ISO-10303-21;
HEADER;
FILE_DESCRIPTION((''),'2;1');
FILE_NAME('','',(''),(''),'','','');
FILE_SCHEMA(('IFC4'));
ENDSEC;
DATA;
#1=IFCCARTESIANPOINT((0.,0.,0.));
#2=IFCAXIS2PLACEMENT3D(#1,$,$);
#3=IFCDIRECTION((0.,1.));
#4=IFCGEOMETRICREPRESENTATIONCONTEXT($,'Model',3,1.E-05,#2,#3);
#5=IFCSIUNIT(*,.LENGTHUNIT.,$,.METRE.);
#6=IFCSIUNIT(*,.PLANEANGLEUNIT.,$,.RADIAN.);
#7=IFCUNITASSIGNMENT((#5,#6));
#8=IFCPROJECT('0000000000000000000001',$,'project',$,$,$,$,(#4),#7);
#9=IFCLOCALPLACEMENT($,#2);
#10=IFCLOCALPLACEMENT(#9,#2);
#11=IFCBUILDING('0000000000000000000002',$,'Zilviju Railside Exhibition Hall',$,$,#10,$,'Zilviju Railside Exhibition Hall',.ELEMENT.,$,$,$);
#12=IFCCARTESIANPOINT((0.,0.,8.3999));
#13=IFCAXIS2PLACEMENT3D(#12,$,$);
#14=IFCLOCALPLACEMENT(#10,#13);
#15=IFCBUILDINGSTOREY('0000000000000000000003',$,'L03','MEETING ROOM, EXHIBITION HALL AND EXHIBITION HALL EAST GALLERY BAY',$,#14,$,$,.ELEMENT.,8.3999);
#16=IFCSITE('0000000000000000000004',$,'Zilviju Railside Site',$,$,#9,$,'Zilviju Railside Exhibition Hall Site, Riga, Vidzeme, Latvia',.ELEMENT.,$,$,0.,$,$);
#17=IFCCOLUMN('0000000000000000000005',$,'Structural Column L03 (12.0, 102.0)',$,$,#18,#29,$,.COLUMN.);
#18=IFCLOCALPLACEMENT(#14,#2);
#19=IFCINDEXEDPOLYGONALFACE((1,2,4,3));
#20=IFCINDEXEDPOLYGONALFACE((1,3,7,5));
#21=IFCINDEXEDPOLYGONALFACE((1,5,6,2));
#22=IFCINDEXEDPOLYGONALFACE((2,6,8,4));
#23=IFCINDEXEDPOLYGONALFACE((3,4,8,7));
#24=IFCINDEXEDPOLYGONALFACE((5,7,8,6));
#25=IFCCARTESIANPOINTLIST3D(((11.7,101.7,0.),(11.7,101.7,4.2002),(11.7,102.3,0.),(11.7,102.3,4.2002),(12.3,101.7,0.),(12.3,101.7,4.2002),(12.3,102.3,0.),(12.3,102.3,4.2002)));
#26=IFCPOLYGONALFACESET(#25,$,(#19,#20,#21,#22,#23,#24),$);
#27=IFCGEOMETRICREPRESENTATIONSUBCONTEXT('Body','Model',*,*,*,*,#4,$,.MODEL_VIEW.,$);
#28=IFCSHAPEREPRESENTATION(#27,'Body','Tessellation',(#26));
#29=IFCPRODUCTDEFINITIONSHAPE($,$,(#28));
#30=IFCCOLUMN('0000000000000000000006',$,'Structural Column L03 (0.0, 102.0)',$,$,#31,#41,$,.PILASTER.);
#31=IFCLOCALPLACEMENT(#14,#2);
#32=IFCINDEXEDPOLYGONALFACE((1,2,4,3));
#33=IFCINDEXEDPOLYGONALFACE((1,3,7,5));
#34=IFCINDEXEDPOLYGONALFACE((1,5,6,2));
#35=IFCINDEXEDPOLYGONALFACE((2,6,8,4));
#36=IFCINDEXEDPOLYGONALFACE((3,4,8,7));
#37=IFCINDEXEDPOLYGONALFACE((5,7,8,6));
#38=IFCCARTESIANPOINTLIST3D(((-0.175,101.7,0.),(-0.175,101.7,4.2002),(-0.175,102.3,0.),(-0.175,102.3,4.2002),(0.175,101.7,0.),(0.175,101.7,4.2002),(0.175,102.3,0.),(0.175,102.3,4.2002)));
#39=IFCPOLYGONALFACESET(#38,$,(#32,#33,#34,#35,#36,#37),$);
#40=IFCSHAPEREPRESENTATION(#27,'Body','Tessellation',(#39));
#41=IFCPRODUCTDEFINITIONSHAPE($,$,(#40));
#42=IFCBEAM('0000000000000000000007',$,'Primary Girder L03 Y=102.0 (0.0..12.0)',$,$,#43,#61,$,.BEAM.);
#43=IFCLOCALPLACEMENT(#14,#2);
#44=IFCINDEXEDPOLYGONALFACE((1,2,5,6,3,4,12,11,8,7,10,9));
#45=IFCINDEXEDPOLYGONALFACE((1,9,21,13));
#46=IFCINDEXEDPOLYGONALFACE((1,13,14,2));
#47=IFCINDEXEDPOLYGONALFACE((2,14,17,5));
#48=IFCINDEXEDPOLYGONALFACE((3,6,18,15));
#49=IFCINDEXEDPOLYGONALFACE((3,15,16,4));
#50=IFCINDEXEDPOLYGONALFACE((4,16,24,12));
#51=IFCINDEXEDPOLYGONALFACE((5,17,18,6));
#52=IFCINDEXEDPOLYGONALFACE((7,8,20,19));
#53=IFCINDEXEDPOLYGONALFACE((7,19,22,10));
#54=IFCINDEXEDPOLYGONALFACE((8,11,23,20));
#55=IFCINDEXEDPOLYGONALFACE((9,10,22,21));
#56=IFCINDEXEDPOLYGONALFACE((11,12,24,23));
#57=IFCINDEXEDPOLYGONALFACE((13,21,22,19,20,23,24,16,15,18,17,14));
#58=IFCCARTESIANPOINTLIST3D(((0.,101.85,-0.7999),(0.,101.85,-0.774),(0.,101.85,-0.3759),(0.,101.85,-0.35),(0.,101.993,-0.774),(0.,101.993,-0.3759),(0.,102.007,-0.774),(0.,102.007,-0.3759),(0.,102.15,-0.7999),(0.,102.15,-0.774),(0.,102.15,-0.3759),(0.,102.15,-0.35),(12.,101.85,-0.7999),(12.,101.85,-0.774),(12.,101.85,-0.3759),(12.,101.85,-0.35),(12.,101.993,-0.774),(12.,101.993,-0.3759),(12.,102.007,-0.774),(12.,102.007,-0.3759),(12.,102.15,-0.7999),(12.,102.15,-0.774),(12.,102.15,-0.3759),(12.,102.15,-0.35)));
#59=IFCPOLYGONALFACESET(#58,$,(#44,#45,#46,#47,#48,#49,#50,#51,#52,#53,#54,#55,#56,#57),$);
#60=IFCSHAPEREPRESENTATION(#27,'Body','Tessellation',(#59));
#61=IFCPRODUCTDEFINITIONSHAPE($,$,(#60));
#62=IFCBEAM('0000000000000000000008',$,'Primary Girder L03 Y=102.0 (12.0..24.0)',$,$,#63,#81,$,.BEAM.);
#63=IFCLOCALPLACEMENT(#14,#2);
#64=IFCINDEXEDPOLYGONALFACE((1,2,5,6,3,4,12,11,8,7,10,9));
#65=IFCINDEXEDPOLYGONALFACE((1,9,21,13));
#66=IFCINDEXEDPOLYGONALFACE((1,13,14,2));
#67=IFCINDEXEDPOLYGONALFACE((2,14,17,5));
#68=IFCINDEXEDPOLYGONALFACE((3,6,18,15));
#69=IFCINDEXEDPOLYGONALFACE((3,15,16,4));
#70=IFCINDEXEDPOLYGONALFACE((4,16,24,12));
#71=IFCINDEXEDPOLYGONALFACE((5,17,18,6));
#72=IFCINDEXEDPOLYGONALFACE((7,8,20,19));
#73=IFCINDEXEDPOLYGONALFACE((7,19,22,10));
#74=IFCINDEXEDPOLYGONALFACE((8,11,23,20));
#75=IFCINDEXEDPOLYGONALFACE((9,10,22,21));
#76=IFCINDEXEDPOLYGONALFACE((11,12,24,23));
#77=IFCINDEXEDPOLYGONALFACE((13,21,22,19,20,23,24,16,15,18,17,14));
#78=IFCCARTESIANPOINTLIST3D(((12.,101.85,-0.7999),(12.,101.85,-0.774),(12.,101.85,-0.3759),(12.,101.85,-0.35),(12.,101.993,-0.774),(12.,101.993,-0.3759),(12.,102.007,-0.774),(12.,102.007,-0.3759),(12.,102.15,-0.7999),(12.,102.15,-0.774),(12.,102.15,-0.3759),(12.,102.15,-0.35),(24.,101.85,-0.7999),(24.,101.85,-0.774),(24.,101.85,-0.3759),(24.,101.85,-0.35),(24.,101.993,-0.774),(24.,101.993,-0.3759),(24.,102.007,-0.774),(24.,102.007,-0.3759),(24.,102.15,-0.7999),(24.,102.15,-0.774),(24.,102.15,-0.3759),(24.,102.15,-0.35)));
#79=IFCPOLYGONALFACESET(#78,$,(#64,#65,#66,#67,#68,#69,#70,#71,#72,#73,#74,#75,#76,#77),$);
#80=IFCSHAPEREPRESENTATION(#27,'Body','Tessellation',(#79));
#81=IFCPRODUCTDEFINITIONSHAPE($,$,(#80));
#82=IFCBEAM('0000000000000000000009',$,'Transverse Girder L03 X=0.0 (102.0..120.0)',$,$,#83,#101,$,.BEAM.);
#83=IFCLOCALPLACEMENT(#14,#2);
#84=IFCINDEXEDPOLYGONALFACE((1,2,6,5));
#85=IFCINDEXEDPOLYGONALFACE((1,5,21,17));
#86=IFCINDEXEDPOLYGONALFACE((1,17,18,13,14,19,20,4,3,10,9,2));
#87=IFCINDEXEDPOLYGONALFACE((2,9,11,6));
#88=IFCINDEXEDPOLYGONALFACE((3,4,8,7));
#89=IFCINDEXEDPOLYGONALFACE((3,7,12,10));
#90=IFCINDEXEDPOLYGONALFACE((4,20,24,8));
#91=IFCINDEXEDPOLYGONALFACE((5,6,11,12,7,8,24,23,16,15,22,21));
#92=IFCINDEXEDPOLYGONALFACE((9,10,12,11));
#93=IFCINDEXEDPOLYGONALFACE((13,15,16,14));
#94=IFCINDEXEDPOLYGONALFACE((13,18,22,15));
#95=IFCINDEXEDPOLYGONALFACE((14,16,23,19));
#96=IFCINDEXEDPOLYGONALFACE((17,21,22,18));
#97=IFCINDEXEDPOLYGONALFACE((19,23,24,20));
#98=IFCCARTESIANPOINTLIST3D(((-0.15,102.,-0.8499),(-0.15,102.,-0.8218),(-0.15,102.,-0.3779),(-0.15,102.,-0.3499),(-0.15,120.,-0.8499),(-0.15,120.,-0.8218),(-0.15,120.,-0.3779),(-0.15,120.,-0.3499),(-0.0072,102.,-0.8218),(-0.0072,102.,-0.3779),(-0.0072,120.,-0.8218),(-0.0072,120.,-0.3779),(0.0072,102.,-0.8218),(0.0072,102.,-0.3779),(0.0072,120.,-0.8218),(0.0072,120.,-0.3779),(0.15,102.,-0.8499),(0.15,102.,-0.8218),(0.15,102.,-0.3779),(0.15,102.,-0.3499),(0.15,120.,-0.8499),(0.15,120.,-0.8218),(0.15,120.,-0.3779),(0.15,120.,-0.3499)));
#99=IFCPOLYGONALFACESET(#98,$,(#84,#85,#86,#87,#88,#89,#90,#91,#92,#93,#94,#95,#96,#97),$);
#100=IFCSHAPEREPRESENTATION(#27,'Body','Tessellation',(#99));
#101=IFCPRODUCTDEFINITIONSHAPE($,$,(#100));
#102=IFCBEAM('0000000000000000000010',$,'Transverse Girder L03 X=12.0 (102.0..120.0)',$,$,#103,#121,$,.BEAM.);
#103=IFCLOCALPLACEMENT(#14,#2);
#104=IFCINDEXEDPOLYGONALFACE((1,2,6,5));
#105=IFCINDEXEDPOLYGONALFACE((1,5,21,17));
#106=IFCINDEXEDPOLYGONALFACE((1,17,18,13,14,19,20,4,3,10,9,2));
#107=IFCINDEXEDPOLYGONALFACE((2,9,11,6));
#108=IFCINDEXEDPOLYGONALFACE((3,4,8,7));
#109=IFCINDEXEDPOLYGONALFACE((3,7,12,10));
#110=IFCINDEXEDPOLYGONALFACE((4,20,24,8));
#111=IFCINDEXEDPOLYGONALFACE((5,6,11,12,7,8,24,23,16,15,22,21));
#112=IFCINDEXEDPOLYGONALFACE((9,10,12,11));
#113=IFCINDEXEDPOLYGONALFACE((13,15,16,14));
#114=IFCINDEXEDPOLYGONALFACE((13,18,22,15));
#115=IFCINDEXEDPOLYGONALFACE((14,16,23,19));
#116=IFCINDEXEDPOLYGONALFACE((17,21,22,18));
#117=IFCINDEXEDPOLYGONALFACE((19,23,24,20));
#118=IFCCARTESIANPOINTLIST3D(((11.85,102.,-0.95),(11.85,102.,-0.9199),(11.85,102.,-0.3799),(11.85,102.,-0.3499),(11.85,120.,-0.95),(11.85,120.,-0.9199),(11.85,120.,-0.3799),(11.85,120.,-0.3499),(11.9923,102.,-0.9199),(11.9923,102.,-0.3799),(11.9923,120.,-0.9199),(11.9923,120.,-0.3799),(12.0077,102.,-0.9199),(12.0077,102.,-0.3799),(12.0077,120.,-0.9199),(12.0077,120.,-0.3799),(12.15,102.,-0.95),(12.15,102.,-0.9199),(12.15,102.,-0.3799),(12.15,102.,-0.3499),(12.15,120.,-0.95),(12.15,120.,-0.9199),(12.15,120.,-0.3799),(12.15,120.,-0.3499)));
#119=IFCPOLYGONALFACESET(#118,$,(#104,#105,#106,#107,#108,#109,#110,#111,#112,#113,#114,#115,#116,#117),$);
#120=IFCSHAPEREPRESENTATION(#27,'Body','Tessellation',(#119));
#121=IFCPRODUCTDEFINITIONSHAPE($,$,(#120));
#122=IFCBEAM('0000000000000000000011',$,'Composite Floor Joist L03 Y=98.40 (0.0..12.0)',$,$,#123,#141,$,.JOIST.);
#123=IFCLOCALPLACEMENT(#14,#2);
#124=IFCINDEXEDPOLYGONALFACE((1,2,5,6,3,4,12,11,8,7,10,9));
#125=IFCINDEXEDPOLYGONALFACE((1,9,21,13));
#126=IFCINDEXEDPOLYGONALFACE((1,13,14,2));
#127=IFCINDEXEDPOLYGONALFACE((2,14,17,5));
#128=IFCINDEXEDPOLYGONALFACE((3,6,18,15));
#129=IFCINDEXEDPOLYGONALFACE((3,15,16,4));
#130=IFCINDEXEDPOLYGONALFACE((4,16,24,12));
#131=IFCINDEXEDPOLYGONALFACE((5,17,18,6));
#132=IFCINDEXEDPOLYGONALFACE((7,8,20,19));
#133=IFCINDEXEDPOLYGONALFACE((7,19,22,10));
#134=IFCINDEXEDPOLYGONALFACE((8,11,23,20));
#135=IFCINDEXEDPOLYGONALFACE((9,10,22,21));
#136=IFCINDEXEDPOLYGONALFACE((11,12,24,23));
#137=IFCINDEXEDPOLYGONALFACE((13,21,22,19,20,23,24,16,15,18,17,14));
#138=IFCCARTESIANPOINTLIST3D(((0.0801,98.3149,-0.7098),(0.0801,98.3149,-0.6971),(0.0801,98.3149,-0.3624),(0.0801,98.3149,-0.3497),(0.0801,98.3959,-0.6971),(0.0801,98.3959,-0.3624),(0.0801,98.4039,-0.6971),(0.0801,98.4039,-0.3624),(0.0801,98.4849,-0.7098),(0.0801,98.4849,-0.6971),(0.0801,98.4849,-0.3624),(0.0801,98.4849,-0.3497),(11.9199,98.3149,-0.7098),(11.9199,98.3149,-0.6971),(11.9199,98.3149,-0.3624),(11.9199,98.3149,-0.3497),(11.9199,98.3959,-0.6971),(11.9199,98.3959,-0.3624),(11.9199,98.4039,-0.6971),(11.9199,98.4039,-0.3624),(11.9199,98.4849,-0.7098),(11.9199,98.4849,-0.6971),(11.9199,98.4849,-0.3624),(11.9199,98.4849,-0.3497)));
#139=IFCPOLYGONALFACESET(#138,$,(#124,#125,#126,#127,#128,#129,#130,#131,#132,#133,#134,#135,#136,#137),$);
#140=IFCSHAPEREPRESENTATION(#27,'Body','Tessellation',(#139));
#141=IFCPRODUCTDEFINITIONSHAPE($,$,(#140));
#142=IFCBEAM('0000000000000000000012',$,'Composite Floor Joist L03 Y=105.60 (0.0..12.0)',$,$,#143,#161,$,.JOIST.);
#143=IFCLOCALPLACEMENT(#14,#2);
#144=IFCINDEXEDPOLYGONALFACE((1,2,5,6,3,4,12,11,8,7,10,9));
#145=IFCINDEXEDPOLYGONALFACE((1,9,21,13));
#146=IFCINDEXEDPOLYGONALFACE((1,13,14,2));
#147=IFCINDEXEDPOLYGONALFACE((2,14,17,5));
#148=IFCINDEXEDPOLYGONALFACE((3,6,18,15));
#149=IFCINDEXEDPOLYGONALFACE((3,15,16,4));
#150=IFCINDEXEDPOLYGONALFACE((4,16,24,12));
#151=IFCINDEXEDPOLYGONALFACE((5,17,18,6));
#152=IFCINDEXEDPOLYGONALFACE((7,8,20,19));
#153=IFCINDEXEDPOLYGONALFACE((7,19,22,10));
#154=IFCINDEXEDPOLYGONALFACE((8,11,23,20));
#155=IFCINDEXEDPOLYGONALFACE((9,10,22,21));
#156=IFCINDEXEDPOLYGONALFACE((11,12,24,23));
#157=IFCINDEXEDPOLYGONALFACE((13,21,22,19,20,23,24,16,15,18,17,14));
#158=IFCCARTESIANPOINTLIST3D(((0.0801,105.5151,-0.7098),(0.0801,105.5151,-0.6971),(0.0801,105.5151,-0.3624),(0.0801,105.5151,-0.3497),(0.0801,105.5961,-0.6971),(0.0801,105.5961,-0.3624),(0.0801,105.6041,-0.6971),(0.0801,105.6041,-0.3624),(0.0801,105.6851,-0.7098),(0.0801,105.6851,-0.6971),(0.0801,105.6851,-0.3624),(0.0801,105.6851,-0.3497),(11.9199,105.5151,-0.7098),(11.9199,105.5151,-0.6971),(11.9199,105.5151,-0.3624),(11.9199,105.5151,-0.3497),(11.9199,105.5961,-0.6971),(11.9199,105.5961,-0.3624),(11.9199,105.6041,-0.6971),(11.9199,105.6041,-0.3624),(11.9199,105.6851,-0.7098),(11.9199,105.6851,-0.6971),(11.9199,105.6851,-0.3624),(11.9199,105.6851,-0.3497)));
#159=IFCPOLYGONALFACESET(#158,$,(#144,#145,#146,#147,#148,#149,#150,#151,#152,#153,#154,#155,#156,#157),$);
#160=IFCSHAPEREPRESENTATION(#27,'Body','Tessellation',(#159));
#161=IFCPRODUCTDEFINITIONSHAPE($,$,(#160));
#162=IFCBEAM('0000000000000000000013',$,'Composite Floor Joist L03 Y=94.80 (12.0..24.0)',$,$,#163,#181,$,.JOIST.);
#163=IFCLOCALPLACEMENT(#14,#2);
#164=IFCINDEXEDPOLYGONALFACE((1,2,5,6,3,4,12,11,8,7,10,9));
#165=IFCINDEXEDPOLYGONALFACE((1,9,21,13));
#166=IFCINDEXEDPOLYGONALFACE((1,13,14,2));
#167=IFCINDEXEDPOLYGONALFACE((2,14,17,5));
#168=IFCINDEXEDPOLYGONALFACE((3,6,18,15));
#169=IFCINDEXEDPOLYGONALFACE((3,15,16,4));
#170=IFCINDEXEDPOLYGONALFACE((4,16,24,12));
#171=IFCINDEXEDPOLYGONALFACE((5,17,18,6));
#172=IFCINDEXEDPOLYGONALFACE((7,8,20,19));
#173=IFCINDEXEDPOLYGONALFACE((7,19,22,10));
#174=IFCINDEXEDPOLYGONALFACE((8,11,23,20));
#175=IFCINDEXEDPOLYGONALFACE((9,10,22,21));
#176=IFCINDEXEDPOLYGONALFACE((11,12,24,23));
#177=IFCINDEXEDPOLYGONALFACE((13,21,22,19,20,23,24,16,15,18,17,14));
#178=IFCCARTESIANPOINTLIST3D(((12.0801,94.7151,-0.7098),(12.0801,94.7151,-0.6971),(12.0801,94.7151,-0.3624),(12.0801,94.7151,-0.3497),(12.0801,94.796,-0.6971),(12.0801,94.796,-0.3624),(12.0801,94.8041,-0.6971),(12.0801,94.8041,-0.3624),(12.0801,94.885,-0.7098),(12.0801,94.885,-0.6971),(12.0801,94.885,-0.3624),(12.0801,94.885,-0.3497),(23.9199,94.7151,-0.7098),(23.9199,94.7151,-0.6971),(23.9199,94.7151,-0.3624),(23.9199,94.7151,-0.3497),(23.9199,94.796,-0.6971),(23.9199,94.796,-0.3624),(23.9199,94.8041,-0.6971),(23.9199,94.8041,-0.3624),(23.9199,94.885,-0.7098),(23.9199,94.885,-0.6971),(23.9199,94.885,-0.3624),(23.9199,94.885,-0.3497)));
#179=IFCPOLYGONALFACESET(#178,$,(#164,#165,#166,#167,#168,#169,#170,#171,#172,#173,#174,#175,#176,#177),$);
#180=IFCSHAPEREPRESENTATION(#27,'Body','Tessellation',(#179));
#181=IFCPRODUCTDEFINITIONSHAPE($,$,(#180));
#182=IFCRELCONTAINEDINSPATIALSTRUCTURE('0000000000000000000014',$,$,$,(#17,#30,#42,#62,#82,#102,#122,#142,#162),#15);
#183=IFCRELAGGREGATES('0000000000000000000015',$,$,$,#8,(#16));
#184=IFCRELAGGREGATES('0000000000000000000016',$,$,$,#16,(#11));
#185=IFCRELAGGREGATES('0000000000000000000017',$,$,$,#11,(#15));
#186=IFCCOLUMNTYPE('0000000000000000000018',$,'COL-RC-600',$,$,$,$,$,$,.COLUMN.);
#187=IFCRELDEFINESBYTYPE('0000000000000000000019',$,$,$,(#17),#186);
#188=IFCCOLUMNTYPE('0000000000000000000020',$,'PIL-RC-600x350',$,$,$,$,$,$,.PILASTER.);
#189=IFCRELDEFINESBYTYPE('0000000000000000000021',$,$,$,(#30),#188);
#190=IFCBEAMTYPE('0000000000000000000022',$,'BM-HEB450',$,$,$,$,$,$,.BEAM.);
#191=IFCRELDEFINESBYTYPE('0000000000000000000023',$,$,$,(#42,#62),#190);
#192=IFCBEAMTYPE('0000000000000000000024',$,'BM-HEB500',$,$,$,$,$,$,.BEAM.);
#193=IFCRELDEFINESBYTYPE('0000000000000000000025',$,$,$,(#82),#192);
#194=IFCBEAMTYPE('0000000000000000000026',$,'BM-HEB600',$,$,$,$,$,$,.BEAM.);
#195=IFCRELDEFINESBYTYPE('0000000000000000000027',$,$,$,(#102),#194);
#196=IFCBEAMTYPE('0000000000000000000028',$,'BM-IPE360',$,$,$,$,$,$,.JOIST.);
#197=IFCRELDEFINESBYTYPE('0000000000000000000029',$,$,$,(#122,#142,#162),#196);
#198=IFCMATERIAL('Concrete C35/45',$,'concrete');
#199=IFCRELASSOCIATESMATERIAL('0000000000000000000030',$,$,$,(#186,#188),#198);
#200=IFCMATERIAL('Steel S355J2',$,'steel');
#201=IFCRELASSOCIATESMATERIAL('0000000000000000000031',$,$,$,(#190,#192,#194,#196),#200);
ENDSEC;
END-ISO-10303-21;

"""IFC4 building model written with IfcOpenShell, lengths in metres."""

from ifc_helpers import new_model, si_unit, direction, frame, origin, origin_2d, place, context, subcontext, project, spatial, rectangle, i_section, extrude, material, material_profile, profile_set, type_object, element, save


model = new_model("IFC4")

# Units and contexts
model_context = context("Model", 3, precision=1e-05, world=origin(), true_north=direction((0.0, 1.0)))
body_context = subcontext(model_context, "Body", "Model", "MODEL_VIEW")
ifc_project = project(units=[si_unit("LENGTHUNIT", "METRE"), si_unit("PLANEANGLEUNIT", "RADIAN")], contexts=[model_context])

# Site, building, storey
site_placement = place(None, origin())
site = spatial("IfcSite", under=ifc_project, at=site_placement, Name="Zilviju Railside Site", LongName="Zilviju Railside Exhibition Hall Site, Riga, Vidzeme, Latvia", CompositionType="ELEMENT", RefElevation=0.0)
building_placement = place(site_placement, origin())
building = spatial("IfcBuilding", under=site, at=building_placement, Name="Zilviju Railside Exhibition Hall", LongName="Zilviju Railside Exhibition Hall", CompositionType="ELEMENT")
storey_placement = place(building_placement, frame((0.0, 0.0, 8.3999)))
storey = spatial("IfcBuildingStorey", under=building, at=storey_placement, Name="L03", Description="MEETING ROOM, EXHIBITION HALL AND EXHIBITION HALL EAST GALLERY BAY", CompositionType="ELEMENT", Elevation=8.3999)

# Columns
ifc_material_1 = material(Name="Concrete C35/45", Category="concrete")
ifc_material_profile_1 = material_profile(ifc_material_1, rectangle(XDim=0.6001, YDim=0.6001, at=origin_2d()), Name="RC COL 600x600")
ifc_profile_set_1 = profile_set([ifc_material_profile_1], Name="Concrete C35/45")
column_type_1 = type_object("IfcColumnType", Name="COL-RC-600", PredefinedType="COLUMN", material=ifc_profile_set_1)
column_1_placement = place(storey_placement, frame((12.0, 102.0, 0.0), z_axis=(0.0, 0.0, 1.0), x_axis=(1.0, 0.0, 0.0)))
element("IfcColumn", 1, at=column_1_placement, inside=storey, type_object=column_type_1, Name="Structural Column L03 (12.0, 102.0)", PredefinedType="COLUMN", context=body_context, shape_type="SweptSolid", body=[
    extrude(rectangle(XDim=0.6001, YDim=0.6001, at=origin_2d()), origin(), (0.0, 0.0, 1.0), 4.2002),
])
ifc_material_profile_2 = material_profile(ifc_material_1, rectangle(XDim=0.3501, YDim=0.6001, at=origin_2d()), Name="RC COL 350x600")
ifc_profile_set_2 = profile_set([ifc_material_profile_2], Name="Concrete C35/45")
column_type_2 = type_object("IfcColumnType", Name="PIL-RC-600x350", PredefinedType="PILASTER", material=ifc_profile_set_2)
column_2_placement = place(storey_placement, frame((0.0, 102.0, 0.0), z_axis=(0.0, 0.0, 1.0), x_axis=(1.0, 0.0, 0.0)))
element("IfcColumn", 2, at=column_2_placement, inside=storey, type_object=column_type_2, Name="Structural Column L03 (0.0, 102.0)", PredefinedType="PILASTER", context=body_context, shape_type="SweptSolid", body=[
    extrude(rectangle(XDim=0.3501, YDim=0.6001, at=origin_2d()), origin(), (0.0, 0.0, 1.0), 4.2002),
])

# Beams
ifc_material_2 = material(Name="Steel S355J2", Category="steel")
ifc_material_profile_3 = material_profile(ifc_material_2, i_section(OverallWidth=0.3, OverallDepth=0.45, WebThickness=0.0139, FlangeThickness=0.0259, at=origin_2d()), Name="HEB 450")
ifc_profile_set_3 = profile_set([ifc_material_profile_3], Name="Steel S355J2")
beam_type_1 = type_object("IfcBeamType", Name="BM-HEB450", PredefinedType="BEAM", material=ifc_profile_set_3)
for number, where, z_axis, x_axis, name in (
    (3, (0.0, 102.0, -0.575), (1.0, 0.0, 0.0), (0.0, 1.0, 0.0), "Primary Girder L03 Y=102.0 (0.0..12.0)"),
    (4, (12.0, 102.0, -0.575), (1.0, 0.0, 0.0), (0.0, 1.0, 0.0), "Primary Girder L03 Y=102.0 (12.0..24.0)"),
):
    element("IfcBeam", number, at=place(storey_placement, frame(where, z_axis=z_axis, x_axis=x_axis)), inside=storey, type_object=beam_type_1, Name=name, PredefinedType="BEAM", context=body_context, shape_type="SweptSolid", body=[
        extrude(i_section(OverallWidth=0.3, OverallDepth=0.45, WebThickness=0.0139, FlangeThickness=0.0259, at=origin_2d()), origin(), (0.0, 0.0, 1.0), 12.0),
    ])
ifc_material_profile_4 = material_profile(ifc_material_2, i_section(OverallWidth=0.3, OverallDepth=0.5, WebThickness=0.0144, FlangeThickness=0.0281, at=origin_2d()), Name="HEB 500")
ifc_profile_set_4 = profile_set([ifc_material_profile_4], Name="Steel S355J2")
beam_type_2 = type_object("IfcBeamType", Name="BM-HEB500", PredefinedType="BEAM", material=ifc_profile_set_4)
beam_1_placement = place(storey_placement, frame((0.0, 102.0, -0.5999), z_axis=(0.0, 1.0, 0.0), x_axis=(-1.0, 0.0, 0.0)))
element("IfcBeam", 5, at=beam_1_placement, inside=storey, type_object=beam_type_2, Name="Transverse Girder L03 X=0.0 (102.0..120.0)", PredefinedType="BEAM", context=body_context, shape_type="SweptSolid", body=[
    extrude(i_section(OverallWidth=0.3, OverallDepth=0.5, WebThickness=0.0144, FlangeThickness=0.0281, at=origin_2d()), origin(), (0.0, 0.0, 1.0), 18.0),
])
ifc_material_profile_5 = material_profile(ifc_material_2, i_section(OverallWidth=0.3, OverallDepth=0.6001, WebThickness=0.0154, FlangeThickness=0.03, at=origin_2d()), Name="HEB 600")
ifc_profile_set_5 = profile_set([ifc_material_profile_5], Name="Steel S355J2")
beam_type_3 = type_object("IfcBeamType", Name="BM-HEB600", PredefinedType="BEAM", material=ifc_profile_set_5)
beam_2_placement = place(storey_placement, frame((12.0, 102.0, -0.6499), z_axis=(0.0, 1.0, 0.0), x_axis=(-1.0, 0.0, 0.0)))
element("IfcBeam", 6, at=beam_2_placement, inside=storey, type_object=beam_type_3, Name="Transverse Girder L03 X=12.0 (102.0..120.0)", PredefinedType="BEAM", context=body_context, shape_type="SweptSolid", body=[
    extrude(i_section(OverallWidth=0.3, OverallDepth=0.6001, WebThickness=0.0154, FlangeThickness=0.03, at=origin_2d()), origin(), (0.0, 0.0, 1.0), 18.0),
])
ifc_material_profile_6 = material_profile(ifc_material_2, i_section(OverallWidth=0.1699, OverallDepth=0.3601, WebThickness=0.0081, FlangeThickness=0.0127, at=origin_2d()), Name="IPE 360")
ifc_profile_set_6 = profile_set([ifc_material_profile_6], Name="Steel S355J2")
beam_type_4 = type_object("IfcBeamType", Name="BM-IPE360", PredefinedType="JOIST", material=ifc_profile_set_6)
for number, where, z_axis, x_axis, name in (
    (7, (0.0801, 98.3999, -0.5298), (1.0, 0.0, 0.0), (0.0, 1.0, 0.0), "Composite Floor Joist L03 Y=98.40 (0.0..12.0)"),
    (8, (0.0801, 105.6001, -0.5298), (1.0, 0.0, 0.0), (0.0, 1.0, 0.0), "Composite Floor Joist L03 Y=105.60 (0.0..12.0)"),
    (9, (12.0801, 94.8, -0.5298), (1.0, 0.0, 0.0), (0.0, 1.0, 0.0), "Composite Floor Joist L03 Y=94.80 (12.0..24.0)"),
):
    element("IfcBeam", number, at=place(storey_placement, frame(where, z_axis=z_axis, x_axis=x_axis)), inside=storey, type_object=beam_type_4, Name=name, PredefinedType="JOIST", context=body_context, shape_type="SweptSolid", body=[
        extrude(i_section(OverallWidth=0.1699, OverallDepth=0.3601, WebThickness=0.0081, FlangeThickness=0.0127, at=origin_2d()), origin(), (0.0, 0.0, 1.0), 11.8398),
    ])

save(model, "model.ifc")
